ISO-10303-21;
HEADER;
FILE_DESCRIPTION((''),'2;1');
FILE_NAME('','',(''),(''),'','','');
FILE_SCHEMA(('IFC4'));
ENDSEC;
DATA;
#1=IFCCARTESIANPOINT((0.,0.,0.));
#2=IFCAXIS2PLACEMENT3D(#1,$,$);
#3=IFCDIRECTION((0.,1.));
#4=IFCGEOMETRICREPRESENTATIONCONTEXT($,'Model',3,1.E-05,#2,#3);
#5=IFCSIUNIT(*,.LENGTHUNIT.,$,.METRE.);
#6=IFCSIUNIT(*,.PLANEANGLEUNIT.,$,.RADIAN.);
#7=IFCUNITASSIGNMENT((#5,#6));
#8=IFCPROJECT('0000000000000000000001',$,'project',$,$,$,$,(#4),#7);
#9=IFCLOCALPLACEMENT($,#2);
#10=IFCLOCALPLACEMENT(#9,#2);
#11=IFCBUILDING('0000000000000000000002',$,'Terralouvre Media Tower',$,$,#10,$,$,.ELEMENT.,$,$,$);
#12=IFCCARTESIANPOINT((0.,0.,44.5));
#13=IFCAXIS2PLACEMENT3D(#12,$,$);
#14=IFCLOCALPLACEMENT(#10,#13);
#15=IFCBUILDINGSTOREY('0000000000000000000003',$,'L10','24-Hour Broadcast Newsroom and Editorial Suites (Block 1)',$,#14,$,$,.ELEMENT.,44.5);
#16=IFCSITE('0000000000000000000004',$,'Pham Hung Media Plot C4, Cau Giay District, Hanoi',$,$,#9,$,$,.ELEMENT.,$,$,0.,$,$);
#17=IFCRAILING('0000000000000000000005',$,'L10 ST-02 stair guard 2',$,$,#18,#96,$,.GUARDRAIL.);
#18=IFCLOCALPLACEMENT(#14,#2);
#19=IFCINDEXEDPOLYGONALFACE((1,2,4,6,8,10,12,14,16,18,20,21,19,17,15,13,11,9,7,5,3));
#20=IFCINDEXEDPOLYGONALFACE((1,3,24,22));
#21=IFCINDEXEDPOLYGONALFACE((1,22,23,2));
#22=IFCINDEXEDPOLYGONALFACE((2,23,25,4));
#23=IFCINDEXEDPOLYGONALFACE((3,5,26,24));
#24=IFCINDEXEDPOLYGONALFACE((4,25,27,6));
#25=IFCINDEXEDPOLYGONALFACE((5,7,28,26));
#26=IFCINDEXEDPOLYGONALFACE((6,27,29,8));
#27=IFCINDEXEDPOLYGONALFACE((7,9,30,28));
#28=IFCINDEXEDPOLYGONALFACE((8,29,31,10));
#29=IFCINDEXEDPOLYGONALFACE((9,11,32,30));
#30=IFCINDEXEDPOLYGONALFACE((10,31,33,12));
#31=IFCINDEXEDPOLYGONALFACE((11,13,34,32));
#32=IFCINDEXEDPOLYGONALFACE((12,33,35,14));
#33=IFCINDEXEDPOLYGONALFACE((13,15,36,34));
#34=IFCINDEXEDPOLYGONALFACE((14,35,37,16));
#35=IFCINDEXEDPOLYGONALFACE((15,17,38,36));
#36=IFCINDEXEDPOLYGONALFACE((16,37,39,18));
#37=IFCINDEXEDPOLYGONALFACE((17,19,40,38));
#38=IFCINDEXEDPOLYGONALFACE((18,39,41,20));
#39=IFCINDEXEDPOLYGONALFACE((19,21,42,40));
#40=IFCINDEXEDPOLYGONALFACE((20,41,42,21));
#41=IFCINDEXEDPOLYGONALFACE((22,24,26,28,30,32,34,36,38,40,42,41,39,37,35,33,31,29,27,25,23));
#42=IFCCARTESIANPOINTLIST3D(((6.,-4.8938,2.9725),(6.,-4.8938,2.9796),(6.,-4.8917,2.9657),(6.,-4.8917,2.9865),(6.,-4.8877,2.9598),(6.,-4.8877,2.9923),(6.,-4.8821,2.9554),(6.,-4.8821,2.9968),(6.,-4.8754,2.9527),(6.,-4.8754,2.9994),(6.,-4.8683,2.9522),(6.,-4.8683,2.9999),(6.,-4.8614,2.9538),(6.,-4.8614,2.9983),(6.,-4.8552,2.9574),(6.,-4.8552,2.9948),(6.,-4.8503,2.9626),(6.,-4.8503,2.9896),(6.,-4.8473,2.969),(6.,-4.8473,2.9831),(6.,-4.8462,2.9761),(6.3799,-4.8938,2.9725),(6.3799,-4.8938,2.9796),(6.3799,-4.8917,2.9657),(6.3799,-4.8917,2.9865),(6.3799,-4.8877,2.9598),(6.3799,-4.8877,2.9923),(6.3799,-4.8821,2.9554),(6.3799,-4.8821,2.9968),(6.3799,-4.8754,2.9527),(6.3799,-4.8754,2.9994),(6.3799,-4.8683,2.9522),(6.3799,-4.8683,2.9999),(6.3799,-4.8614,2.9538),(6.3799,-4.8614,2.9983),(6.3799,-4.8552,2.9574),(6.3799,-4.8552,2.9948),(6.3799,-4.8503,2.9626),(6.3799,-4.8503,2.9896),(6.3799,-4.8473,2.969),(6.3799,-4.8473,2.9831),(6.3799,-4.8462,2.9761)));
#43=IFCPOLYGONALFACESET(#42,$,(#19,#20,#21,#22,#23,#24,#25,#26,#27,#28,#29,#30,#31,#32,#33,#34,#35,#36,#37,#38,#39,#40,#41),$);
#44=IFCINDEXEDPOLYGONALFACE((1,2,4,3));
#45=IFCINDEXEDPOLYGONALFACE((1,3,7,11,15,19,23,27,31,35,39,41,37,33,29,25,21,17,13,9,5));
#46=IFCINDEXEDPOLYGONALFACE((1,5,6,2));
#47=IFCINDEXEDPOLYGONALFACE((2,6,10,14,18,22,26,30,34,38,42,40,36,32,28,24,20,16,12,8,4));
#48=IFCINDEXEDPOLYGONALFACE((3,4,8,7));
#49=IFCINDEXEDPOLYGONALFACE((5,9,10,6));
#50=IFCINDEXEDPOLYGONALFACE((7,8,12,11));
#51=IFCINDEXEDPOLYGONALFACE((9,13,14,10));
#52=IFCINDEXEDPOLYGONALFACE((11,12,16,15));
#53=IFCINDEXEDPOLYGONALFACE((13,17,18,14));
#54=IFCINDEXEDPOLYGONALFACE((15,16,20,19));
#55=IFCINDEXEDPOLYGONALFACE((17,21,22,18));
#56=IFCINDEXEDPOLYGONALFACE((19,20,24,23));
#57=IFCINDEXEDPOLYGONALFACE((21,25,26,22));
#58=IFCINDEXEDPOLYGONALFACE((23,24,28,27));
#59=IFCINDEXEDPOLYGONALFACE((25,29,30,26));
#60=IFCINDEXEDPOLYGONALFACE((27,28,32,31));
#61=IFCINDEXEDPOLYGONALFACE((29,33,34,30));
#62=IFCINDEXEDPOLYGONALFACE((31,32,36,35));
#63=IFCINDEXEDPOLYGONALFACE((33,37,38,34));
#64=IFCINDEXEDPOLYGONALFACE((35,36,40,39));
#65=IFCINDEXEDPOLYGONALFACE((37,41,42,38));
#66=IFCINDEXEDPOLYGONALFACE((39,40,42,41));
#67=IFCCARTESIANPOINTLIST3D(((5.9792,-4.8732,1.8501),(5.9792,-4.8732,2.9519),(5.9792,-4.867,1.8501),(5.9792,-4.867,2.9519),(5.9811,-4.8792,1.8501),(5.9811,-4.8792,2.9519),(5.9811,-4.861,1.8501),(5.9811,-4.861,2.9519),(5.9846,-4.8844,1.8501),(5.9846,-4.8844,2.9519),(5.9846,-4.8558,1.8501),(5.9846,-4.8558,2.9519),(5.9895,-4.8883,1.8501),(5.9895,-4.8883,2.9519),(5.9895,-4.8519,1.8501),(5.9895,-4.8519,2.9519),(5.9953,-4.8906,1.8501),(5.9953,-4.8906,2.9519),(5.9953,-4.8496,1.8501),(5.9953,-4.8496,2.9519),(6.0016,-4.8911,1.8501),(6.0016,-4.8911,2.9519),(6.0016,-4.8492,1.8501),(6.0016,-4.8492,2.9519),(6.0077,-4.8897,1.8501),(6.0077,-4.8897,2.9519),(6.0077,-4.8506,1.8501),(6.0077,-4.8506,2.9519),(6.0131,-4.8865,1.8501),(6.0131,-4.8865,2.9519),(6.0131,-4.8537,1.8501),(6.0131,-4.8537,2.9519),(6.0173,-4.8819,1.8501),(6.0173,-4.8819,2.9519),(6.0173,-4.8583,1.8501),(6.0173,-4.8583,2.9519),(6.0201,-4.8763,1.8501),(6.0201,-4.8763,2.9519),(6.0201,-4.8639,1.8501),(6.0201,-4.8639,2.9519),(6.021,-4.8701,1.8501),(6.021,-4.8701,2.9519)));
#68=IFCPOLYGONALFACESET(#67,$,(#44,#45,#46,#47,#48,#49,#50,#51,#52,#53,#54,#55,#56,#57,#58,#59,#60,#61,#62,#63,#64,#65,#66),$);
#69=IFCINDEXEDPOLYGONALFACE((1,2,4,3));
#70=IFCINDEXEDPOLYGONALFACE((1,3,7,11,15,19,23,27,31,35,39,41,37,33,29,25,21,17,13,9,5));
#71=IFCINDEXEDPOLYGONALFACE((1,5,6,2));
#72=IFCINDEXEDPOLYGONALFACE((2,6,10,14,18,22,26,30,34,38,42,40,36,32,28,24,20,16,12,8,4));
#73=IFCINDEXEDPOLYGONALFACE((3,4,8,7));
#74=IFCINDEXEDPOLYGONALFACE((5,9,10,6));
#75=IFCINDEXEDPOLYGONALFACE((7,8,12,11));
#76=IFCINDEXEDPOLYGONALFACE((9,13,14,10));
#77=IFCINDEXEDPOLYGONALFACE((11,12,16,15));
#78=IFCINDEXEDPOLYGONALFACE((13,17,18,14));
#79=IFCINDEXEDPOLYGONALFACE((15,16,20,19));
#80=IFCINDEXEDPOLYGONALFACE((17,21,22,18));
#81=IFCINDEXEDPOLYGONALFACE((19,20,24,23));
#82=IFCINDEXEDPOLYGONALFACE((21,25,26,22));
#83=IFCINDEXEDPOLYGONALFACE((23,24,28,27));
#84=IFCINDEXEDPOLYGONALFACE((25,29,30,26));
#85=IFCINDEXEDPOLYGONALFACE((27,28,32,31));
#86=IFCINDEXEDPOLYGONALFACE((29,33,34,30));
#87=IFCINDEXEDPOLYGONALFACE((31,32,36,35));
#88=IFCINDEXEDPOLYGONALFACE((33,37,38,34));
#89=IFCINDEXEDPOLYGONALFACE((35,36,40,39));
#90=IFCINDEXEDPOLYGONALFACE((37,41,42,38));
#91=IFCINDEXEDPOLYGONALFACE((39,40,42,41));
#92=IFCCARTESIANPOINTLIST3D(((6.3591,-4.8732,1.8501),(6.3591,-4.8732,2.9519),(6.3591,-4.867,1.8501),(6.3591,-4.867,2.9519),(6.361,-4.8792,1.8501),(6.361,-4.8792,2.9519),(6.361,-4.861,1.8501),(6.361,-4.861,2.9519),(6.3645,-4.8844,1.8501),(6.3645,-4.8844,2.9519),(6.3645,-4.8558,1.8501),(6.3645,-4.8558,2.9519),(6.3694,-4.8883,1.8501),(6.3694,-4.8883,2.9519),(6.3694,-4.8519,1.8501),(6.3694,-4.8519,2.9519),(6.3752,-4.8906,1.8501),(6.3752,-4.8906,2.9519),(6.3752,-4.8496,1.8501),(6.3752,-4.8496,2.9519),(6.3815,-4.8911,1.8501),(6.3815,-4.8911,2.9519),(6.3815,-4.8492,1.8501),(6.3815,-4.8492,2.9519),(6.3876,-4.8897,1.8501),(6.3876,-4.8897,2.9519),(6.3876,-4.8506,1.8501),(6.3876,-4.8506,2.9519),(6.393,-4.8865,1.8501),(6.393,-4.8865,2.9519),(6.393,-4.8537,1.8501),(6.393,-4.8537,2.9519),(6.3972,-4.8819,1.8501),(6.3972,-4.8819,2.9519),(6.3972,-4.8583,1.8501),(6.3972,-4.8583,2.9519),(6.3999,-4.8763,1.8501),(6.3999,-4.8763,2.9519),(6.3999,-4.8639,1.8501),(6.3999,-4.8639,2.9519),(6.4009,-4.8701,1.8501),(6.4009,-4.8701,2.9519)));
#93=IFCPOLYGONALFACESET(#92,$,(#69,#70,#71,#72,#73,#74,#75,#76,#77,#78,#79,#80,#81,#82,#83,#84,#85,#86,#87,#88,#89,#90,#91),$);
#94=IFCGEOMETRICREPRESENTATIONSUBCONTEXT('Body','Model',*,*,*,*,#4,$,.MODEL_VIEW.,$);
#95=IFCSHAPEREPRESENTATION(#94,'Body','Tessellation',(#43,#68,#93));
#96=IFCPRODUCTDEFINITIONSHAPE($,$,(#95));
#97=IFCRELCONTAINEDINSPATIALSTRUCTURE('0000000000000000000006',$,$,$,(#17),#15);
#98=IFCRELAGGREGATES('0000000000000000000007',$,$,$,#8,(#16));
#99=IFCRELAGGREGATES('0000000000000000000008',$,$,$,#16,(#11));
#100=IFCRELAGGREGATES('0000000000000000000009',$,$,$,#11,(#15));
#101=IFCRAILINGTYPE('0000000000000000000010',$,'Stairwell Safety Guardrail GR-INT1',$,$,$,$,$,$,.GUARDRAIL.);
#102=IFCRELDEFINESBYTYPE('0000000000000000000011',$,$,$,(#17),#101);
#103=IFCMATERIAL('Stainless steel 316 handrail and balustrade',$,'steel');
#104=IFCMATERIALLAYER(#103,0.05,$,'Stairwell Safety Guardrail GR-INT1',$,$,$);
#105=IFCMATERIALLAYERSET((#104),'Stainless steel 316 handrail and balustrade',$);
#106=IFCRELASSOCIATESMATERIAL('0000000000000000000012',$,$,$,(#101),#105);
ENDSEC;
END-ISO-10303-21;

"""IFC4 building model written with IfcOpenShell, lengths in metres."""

from ifc_helpers import new_model, si_unit, direction, frame, origin, origin_2d, place, context, subcontext, project, spatial, circle, extrude, material, layer, layer_set, type_object, element, save


model = new_model("IFC4")

# Units and contexts
model_context = context("Model", 3, precision=1e-05, world=origin(), true_north=direction((0.0, 1.0)))
body_context = subcontext(model_context, "Body", "Model", "MODEL_VIEW")
ifc_project = project(units=[si_unit("LENGTHUNIT", "METRE"), si_unit("PLANEANGLEUNIT", "RADIAN")], contexts=[model_context])

# Site, building, storey
site_placement = place(None, origin())
site = spatial("IfcSite", under=ifc_project, at=site_placement, Name="Pham Hung Media Plot C4, Cau Giay District, Hanoi", CompositionType="ELEMENT", RefElevation=0.0)
building_placement = place(site_placement, origin())
building = spatial("IfcBuilding", under=site, at=building_placement, Name="Terralouvre Media Tower", CompositionType="ELEMENT")
storey_placement = place(building_placement, frame((0.0, 0.0, 44.5)))
storey = spatial("IfcBuildingStorey", under=building, at=storey_placement, Name="L10", Description="24-Hour Broadcast Newsroom and Editorial Suites (Block 1)", CompositionType="ELEMENT", Elevation=44.5)

# Railing
ifc_material_1 = material(Name="Stainless steel 316 handrail and balustrade", Category="steel")
ifc_layer_1 = layer(ifc_material_1, 0.05, Name="Stairwell Safety Guardrail GR-INT1")
ifc_layer_set_1 = layer_set([ifc_layer_1], Name="Stainless steel 316 handrail and balustrade")
railing_type_1 = type_object("IfcRailingType", Name="Stairwell Safety Guardrail GR-INT1", PredefinedType="GUARDRAIL", material=ifc_layer_set_1)
railing_1_placement = place(storey_placement, frame((6.0, -4.8701, 1.8501)))
element("IfcRailing", 1, at=railing_1_placement, inside=storey, type_object=railing_type_1, Name="L10 ST-02 stair guard 2", PredefinedType="GUARDRAIL", context=body_context, shape_type="SweptSolid", body=[
    extrude(circle(Radius=0.0239, at=origin_2d()), frame((0.0, 0.0, 1.126), z_axis=(1.0, 0.0, 0.0), x_axis=(0.0, 1.0, 0.0)), (0.0, 0.0, 1.0), 0.3799),
    extrude(circle(Radius=0.021, at=origin_2d()), origin(), (0.0, 0.0, 1.0), 1.1018),
    extrude(circle(Radius=0.021, at=origin_2d()), frame((0.3799, 0.0, 0.0)), (0.0, 0.0, 1.0), 1.1018),
])

save(model, "model.ifc")
